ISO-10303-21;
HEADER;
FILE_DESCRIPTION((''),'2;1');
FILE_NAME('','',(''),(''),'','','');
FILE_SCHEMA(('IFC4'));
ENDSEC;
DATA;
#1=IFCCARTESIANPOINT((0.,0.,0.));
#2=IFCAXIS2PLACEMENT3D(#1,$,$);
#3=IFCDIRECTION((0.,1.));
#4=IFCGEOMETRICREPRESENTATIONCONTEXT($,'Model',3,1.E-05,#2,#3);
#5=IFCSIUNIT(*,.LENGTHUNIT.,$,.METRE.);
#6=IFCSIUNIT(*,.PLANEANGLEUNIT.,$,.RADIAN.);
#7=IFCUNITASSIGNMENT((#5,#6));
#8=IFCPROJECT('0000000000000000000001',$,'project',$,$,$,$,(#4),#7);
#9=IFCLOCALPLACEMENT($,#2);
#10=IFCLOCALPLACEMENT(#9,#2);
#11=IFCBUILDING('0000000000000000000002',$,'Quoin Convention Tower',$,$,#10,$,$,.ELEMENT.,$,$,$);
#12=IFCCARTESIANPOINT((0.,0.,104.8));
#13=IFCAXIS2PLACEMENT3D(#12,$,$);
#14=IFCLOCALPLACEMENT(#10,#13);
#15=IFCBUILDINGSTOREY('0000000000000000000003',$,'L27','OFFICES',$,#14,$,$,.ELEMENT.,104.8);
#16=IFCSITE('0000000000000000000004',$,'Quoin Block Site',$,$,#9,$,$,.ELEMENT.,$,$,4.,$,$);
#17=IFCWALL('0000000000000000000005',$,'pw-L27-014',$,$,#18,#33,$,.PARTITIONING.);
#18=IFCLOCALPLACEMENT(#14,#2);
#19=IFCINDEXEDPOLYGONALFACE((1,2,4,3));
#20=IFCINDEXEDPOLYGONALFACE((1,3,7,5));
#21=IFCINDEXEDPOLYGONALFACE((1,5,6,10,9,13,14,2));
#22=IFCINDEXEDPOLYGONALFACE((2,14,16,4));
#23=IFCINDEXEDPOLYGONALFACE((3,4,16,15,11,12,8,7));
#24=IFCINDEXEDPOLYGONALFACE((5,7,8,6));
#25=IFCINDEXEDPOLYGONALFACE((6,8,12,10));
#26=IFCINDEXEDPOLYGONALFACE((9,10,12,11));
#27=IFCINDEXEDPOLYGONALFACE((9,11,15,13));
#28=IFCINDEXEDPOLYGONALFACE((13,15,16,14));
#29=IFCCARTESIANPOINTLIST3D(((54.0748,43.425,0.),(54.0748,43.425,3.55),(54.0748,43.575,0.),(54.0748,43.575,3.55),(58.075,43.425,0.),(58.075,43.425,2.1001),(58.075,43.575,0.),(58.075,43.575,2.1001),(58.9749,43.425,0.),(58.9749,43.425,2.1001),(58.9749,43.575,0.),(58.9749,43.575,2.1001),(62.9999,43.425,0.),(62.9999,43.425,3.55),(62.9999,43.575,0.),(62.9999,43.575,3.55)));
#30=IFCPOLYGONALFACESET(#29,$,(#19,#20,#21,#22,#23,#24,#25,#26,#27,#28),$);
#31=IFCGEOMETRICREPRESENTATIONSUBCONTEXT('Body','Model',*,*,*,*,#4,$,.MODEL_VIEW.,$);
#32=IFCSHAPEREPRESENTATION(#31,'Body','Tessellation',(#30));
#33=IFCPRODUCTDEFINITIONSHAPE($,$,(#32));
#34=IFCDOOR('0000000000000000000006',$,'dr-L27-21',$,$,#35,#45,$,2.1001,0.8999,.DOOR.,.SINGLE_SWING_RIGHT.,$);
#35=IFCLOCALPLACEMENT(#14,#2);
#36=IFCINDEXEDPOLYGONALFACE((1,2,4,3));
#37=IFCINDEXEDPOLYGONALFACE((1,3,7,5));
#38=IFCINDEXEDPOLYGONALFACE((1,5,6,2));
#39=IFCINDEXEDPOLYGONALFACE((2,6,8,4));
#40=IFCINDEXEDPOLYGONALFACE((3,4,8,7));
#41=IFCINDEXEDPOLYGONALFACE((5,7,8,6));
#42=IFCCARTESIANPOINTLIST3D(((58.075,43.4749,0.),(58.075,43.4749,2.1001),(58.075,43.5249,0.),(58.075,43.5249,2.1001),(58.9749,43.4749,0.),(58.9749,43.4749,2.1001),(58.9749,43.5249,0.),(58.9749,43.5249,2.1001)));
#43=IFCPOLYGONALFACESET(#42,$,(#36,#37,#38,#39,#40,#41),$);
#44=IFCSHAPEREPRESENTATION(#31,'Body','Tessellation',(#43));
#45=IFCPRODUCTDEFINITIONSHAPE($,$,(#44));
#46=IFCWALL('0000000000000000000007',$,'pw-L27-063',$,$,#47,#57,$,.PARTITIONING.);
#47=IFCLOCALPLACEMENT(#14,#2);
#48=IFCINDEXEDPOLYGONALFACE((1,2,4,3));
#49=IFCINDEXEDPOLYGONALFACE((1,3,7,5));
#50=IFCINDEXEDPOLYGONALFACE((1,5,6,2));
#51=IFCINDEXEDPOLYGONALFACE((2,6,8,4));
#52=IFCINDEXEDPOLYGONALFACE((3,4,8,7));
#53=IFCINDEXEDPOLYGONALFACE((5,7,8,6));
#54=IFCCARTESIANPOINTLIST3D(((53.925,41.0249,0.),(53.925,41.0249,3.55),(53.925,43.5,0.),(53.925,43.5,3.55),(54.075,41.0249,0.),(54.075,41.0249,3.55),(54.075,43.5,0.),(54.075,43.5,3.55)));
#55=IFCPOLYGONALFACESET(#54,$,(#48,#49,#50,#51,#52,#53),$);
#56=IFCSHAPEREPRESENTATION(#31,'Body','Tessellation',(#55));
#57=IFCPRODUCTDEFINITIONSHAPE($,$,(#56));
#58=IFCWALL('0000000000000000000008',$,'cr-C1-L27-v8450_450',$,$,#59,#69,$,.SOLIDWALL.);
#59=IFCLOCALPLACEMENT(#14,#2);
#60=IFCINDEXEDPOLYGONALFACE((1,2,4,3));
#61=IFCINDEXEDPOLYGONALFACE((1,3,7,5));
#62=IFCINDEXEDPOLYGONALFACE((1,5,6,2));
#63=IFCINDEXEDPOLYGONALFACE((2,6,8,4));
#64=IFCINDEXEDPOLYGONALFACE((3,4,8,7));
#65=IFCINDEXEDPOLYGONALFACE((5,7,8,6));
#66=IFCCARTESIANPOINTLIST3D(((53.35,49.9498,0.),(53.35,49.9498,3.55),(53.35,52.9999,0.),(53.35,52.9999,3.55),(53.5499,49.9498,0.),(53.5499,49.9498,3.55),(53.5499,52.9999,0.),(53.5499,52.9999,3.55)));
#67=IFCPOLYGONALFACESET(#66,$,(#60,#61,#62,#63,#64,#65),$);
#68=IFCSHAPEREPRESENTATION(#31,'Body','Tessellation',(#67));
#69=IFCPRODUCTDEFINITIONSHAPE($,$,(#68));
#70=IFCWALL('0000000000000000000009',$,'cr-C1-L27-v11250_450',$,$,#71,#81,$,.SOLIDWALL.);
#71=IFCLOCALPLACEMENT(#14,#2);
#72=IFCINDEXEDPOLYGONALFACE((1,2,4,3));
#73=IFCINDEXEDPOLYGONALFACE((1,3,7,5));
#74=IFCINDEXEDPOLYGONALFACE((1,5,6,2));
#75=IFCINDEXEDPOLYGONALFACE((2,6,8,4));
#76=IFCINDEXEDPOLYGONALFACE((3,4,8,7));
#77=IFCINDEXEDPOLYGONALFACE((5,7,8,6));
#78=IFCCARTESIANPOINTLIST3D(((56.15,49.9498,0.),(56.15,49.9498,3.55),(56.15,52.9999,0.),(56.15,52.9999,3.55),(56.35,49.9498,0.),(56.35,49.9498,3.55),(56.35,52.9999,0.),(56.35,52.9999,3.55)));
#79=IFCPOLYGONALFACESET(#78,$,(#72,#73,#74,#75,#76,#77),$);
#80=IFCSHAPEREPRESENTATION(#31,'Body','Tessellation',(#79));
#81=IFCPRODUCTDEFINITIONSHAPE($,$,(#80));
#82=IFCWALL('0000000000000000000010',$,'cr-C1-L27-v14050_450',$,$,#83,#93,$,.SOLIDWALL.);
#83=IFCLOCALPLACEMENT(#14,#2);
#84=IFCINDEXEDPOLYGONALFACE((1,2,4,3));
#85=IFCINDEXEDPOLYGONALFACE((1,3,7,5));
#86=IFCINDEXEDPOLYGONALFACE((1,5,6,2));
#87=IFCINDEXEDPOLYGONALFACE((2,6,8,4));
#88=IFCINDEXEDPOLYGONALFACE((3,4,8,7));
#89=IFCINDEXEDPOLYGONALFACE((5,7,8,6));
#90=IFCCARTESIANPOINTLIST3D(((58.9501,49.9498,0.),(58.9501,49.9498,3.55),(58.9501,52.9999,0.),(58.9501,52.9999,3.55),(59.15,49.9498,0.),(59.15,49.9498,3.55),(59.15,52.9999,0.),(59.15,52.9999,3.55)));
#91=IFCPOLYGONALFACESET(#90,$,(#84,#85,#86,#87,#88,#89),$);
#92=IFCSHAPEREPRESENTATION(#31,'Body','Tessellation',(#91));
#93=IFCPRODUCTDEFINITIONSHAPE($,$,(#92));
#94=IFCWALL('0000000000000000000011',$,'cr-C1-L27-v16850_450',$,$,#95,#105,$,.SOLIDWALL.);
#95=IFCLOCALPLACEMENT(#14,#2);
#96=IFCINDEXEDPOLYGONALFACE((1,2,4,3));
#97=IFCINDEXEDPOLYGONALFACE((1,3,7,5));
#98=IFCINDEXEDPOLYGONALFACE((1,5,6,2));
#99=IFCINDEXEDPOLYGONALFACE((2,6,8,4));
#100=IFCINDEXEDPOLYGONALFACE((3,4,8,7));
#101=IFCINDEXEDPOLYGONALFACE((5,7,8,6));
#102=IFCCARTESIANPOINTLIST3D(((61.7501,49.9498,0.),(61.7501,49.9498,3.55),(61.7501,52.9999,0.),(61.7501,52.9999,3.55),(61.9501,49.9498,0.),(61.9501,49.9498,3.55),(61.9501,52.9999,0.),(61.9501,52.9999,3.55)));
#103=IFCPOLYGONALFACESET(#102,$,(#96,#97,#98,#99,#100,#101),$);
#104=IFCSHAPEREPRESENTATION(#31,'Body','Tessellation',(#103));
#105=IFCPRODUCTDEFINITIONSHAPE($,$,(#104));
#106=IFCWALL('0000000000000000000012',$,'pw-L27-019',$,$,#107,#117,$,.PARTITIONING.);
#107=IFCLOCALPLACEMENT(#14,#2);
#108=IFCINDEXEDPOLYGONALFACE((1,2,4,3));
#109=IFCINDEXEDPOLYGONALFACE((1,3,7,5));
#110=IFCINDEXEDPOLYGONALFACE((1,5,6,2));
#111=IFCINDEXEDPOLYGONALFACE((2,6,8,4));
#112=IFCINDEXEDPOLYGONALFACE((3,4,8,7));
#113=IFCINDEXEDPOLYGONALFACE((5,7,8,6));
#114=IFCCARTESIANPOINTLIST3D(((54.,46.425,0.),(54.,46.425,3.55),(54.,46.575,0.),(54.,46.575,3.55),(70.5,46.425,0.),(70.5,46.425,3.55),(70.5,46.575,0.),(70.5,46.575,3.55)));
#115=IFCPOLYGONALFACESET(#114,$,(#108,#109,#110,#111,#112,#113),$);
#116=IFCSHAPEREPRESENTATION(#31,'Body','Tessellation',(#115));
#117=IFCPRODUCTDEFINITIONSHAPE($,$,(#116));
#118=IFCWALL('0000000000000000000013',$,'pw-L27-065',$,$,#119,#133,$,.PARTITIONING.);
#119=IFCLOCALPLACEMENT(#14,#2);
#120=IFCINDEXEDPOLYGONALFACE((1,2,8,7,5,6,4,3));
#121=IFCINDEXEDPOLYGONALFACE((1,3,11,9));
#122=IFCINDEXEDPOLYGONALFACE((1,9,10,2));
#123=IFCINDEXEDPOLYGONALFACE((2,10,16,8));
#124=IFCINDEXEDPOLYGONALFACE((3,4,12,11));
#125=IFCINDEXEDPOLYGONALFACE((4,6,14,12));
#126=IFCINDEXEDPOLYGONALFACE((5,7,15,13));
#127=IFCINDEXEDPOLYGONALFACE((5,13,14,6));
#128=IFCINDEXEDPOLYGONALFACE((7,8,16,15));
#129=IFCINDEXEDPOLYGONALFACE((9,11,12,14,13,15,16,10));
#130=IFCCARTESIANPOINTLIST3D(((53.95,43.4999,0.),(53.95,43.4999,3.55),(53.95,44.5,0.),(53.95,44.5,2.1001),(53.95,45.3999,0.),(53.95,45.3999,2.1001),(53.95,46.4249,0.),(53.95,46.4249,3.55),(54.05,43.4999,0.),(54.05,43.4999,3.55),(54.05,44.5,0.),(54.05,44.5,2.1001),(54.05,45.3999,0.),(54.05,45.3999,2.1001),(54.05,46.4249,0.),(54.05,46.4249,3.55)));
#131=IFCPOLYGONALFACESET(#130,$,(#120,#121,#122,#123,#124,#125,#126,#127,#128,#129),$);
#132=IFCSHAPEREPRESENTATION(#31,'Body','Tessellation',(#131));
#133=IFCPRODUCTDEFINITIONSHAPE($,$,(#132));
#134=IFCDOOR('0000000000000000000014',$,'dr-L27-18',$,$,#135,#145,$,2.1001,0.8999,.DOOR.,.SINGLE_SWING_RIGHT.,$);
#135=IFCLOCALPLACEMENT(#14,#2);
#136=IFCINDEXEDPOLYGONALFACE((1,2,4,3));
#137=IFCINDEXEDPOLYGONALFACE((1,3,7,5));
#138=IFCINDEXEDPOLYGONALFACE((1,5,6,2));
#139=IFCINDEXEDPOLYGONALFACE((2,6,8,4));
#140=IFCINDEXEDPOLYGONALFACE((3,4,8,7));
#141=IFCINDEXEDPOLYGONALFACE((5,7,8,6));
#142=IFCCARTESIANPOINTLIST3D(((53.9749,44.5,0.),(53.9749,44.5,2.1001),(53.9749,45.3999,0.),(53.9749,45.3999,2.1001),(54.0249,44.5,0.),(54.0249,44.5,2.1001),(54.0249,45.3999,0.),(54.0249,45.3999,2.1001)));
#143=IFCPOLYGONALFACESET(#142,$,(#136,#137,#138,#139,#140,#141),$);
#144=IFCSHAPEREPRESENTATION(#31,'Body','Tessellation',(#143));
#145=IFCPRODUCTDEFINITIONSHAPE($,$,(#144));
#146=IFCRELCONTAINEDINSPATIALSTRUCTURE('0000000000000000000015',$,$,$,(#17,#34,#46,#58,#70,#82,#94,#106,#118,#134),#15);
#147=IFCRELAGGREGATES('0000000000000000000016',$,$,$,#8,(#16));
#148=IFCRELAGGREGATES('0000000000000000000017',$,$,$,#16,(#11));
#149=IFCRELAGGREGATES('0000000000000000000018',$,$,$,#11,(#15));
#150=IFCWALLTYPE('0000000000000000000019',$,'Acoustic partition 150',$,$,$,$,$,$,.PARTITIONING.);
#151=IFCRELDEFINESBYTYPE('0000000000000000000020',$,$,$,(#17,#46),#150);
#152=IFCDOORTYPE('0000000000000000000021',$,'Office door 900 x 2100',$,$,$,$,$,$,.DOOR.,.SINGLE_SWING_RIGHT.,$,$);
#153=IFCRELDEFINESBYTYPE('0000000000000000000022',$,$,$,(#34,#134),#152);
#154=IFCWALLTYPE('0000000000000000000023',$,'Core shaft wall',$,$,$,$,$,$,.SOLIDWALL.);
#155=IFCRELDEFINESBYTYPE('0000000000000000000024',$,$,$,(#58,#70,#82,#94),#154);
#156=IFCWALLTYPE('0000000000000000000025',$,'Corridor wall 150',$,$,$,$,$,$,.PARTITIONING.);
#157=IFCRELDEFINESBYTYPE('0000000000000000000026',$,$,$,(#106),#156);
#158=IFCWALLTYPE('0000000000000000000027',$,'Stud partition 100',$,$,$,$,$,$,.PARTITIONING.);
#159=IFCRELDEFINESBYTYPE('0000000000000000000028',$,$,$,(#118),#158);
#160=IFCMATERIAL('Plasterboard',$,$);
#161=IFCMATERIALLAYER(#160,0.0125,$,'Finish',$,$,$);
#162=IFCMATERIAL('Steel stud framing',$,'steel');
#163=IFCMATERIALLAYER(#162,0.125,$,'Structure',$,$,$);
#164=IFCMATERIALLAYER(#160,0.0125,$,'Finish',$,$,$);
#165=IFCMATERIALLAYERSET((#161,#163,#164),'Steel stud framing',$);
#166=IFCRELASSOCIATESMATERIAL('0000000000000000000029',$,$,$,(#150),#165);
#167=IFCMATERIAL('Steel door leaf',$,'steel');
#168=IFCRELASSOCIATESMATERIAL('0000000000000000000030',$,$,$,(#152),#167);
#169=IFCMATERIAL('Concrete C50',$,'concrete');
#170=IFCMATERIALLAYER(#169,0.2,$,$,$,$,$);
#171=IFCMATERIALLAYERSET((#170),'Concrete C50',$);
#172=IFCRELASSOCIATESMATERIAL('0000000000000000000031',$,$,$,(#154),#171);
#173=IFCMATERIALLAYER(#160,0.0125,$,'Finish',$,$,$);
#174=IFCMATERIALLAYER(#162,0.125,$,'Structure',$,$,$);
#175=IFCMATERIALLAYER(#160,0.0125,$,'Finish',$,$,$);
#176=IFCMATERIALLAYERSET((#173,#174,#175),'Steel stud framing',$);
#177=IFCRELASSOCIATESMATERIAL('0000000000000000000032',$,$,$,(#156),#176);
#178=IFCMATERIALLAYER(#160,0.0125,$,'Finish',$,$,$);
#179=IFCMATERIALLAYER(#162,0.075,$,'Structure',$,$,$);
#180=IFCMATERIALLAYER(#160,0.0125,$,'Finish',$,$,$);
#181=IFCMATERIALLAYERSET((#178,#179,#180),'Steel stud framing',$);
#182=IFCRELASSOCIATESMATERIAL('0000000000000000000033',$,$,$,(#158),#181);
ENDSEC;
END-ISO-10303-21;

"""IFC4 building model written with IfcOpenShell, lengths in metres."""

from ifc_helpers import new_model, si_unit, direction, frame, frame_2d, origin, place, context, subcontext, project, spatial, rectangle, extrude, material, layer, layer_set, type_object, element, fill, save


model = new_model("IFC4")

# Units and contexts
model_context = context("Model", 3, precision=1e-05, world=origin(), true_north=direction((0.0, 1.0)))
body_context = subcontext(model_context, "Body", "Model", "MODEL_VIEW")
ifc_project = project(units=[si_unit("LENGTHUNIT", "METRE"), si_unit("PLANEANGLEUNIT", "RADIAN")], contexts=[model_context])

# Site, building, storey
site_placement = place(None, origin())
site = spatial("IfcSite", under=ifc_project, at=site_placement, Name="Quoin Block Site", CompositionType="ELEMENT", RefElevation=4.0)
building_placement = place(site_placement, origin())
building = spatial("IfcBuilding", under=site, at=building_placement, Name="Quoin Convention Tower", CompositionType="ELEMENT")
storey_placement = place(building_placement, frame((0.0, 0.0, 104.8)))
storey = spatial("IfcBuildingStorey", under=building, at=storey_placement, Name="L27", Description="OFFICES", CompositionType="ELEMENT", Elevation=104.8)

# Wall, opening, door
ifc_material_1 = material(Name="Plasterboard")
ifc_layer_1 = layer(ifc_material_1, 0.0125, Name="Finish")
ifc_material_2 = material(Name="Steel stud framing", Category="steel")
ifc_layer_2 = layer(ifc_material_2, 0.125, Name="Structure")
ifc_layer_3 = layer(ifc_material_1, 0.0125, Name="Finish")
ifc_layer_set_1 = layer_set([ifc_layer_1, ifc_layer_2, ifc_layer_3], Name="Steel stud framing")
wall_type_1 = type_object("IfcWallType", Name="Acoustic partition 150", PredefinedType="PARTITIONING", material=ifc_layer_set_1)
wall_1_placement = place(storey_placement, frame((54.075, 43.5, 0.0), z_axis=(0.0, 0.0, 1.0), x_axis=(1.0, 0.0, 0.0)))
wall_1 = element("IfcWall", 1, at=wall_1_placement, inside=storey, type_object=wall_type_1, Name="pw-L27-014", PredefinedType="PARTITIONING", context=body_context, shape_type="SweptSolid", body=[
    extrude(rectangle(XDim=8.925, YDim=0.1499, at=frame_2d((4.4624, 0.0))), origin(), (0.0, 0.0, 1.0), 3.55),
])
opening_1_placement = place(wall_1_placement, frame((4.0, 0.0, 0.0)))
opening_1 = element("IfcOpeningElement", 2, at=opening_1_placement, cuts=wall_1, PredefinedType="OPENING", context=body_context, shape_type="SweptSolid", body=[
    extrude(rectangle(XDim=0.8999, YDim=2.1001, at=frame_2d((0.45, 1.05))), frame((0.0, 0.085, 0.0), z_axis=(0.0, -1.0, 0.0), x_axis=(1.0, 0.0, 0.0)), (0.0, 0.0, 1.0), 0.1699),
])
ifc_material_3 = material(Name="Steel door leaf", Category="steel")
door_type = type_object("IfcDoorType", Name="Office door 900 x 2100", OperationType="SINGLE_SWING_RIGHT", PredefinedType="DOOR", material=ifc_material_3)
door_1_placement = place(opening_1_placement, origin())
door_1 = element("IfcDoor", 3, at=door_1_placement, inside=storey, type_object=door_type, Name="dr-L27-21", OperationType="SINGLE_SWING_RIGHT", OverallHeight=2.1001, OverallWidth=0.8999, PredefinedType="DOOR", context=body_context, shape_type="SweptSolid", body=[
    extrude(rectangle(XDim=0.8999, YDim=2.1001, at=frame_2d((0.45, 1.05))), frame((0.0, 0.0249, 0.0), z_axis=(0.0, -1.0, 0.0), x_axis=(1.0, 0.0, 0.0)), (0.0, 0.0, 1.0), 0.05),
])
fill(opening_1, door_1)

# Walls
wall_2_placement = place(storey_placement, frame((54.0, 41.0249, 0.0), z_axis=(0.0, 0.0, 1.0), x_axis=(0.0, 1.0, 0.0)))
element("IfcWall", 4, at=wall_2_placement, inside=storey, type_object=wall_type_1, Name="pw-L27-063", PredefinedType="PARTITIONING", context=body_context, shape_type="SweptSolid", body=[
    extrude(rectangle(XDim=2.4751, YDim=0.1499, at=frame_2d((1.2375, 0.0))), origin(), (0.0, 0.0, 1.0), 3.55),
])
ifc_material_4 = material(Name="Concrete C50", Category="concrete")
ifc_layer_4 = layer(ifc_material_4, 0.2)
ifc_layer_set_2 = layer_set([ifc_layer_4], Name="Concrete C50")
wall_type_2 = type_object("IfcWallType", Name="Core shaft wall", PredefinedType="SOLIDWALL", material=ifc_layer_set_2)
for number, where, z_axis, x_axis, name in (
    (5, (53.45, 49.95, 0.0), (0.0, 0.0, 1.0), (0.0, 1.0, 0.0), "cr-C1-L27-v8450_450"),
    (6, (56.25, 49.95, 0.0), (0.0, 0.0, 1.0), (0.0, 1.0, 0.0), "cr-C1-L27-v11250_450"),
    (7, (59.05, 49.95, 0.0), (0.0, 0.0, 1.0), (0.0, 1.0, 0.0), "cr-C1-L27-v14050_450"),
    (8, (61.8501, 49.95, 0.0), (0.0, 0.0, 1.0), (0.0, 1.0, 0.0), "cr-C1-L27-v16850_450"),
):
    element("IfcWall", number, at=place(storey_placement, frame(where, z_axis=z_axis, x_axis=x_axis)), inside=storey, type_object=wall_type_2, Name=name, PredefinedType="SOLIDWALL", context=body_context, shape_type="SweptSolid", body=[
        extrude(rectangle(XDim=3.05, YDim=0.2, at=frame_2d((1.5249, 0.0))), origin(), (0.0, 0.0, 1.0), 3.55),
    ])
ifc_layer_5 = layer(ifc_material_1, 0.0125, Name="Finish")
ifc_layer_6 = layer(ifc_material_2, 0.125, Name="Structure")
ifc_layer_7 = layer(ifc_material_1, 0.0125, Name="Finish")
ifc_layer_set_3 = layer_set([ifc_layer_5, ifc_layer_6, ifc_layer_7], Name="Steel stud framing")
wall_type_3 = type_object("IfcWallType", Name="Corridor wall 150", PredefinedType="PARTITIONING", material=ifc_layer_set_3)
wall_3_placement = place(storey_placement, frame((54.0, 46.5, 0.0), z_axis=(0.0, 0.0, 1.0), x_axis=(1.0, 0.0, 0.0)))
element("IfcWall", 9, at=wall_3_placement, inside=storey, type_object=wall_type_3, Name="pw-L27-019", PredefinedType="PARTITIONING", context=body_context, shape_type="SweptSolid", body=[
    extrude(rectangle(XDim=16.5, YDim=0.1499, at=frame_2d((8.25, 0.0))), origin(), (0.0, 0.0, 1.0), 3.55),
])

# Wall, opening, door
ifc_layer_8 = layer(ifc_material_1, 0.0125, Name="Finish")
ifc_layer_9 = layer(ifc_material_2, 0.075, Name="Structure")
ifc_layer_10 = layer(ifc_material_1, 0.0125, Name="Finish")
ifc_layer_set_4 = layer_set([ifc_layer_8, ifc_layer_9, ifc_layer_10], Name="Steel stud framing")
wall_type_4 = type_object("IfcWallType", Name="Stud partition 100", PredefinedType="PARTITIONING", material=ifc_layer_set_4)
wall_4_placement = place(storey_placement, frame((54.0, 43.5, 0.0), z_axis=(0.0, 0.0, 1.0), x_axis=(0.0, 1.0, 0.0)))
wall_4 = element("IfcWall", 10, at=wall_4_placement, inside=storey, type_object=wall_type_4, Name="pw-L27-065", PredefinedType="PARTITIONING", context=body_context, shape_type="SweptSolid", body=[
    extrude(rectangle(XDim=2.925, YDim=0.1001, at=frame_2d((1.4624, 0.0))), origin(), (0.0, 0.0, 1.0), 3.55),
])
opening_2_placement = place(wall_4_placement, frame((1.0, 0.0, 0.0)))
opening_2 = element("IfcOpeningElement", 11, at=opening_2_placement, cuts=wall_4, PredefinedType="OPENING", context=body_context, shape_type="SweptSolid", body=[
    extrude(rectangle(XDim=0.8999, YDim=2.1001, at=frame_2d((0.45, 1.05))), frame((0.0, 0.0601, 0.0), z_axis=(0.0, -1.0, 0.0), x_axis=(1.0, 0.0, 0.0)), (0.0, 0.0, 1.0), 0.1201),
])
door_2_placement = place(opening_2_placement, frame((0.8999, 0.0, 0.0), z_axis=(0.0, 0.0, 1.0), x_axis=(-1.0, 0.0, 0.0)))
door_2 = element("IfcDoor", 12, at=door_2_placement, inside=storey, type_object=door_type, Name="dr-L27-18", OperationType="SINGLE_SWING_RIGHT", OverallHeight=2.1001, OverallWidth=0.8999, PredefinedType="DOOR", context=body_context, shape_type="SweptSolid", body=[
    extrude(rectangle(XDim=0.8999, YDim=2.1001, at=frame_2d((0.45, 1.05))), frame((0.0, 0.0249, 0.0), z_axis=(0.0, -1.0, 0.0), x_axis=(1.0, 0.0, 0.0)), (0.0, 0.0, 1.0), 0.05),
])
fill(opening_2, door_2)

save(model, "model.ifc")
